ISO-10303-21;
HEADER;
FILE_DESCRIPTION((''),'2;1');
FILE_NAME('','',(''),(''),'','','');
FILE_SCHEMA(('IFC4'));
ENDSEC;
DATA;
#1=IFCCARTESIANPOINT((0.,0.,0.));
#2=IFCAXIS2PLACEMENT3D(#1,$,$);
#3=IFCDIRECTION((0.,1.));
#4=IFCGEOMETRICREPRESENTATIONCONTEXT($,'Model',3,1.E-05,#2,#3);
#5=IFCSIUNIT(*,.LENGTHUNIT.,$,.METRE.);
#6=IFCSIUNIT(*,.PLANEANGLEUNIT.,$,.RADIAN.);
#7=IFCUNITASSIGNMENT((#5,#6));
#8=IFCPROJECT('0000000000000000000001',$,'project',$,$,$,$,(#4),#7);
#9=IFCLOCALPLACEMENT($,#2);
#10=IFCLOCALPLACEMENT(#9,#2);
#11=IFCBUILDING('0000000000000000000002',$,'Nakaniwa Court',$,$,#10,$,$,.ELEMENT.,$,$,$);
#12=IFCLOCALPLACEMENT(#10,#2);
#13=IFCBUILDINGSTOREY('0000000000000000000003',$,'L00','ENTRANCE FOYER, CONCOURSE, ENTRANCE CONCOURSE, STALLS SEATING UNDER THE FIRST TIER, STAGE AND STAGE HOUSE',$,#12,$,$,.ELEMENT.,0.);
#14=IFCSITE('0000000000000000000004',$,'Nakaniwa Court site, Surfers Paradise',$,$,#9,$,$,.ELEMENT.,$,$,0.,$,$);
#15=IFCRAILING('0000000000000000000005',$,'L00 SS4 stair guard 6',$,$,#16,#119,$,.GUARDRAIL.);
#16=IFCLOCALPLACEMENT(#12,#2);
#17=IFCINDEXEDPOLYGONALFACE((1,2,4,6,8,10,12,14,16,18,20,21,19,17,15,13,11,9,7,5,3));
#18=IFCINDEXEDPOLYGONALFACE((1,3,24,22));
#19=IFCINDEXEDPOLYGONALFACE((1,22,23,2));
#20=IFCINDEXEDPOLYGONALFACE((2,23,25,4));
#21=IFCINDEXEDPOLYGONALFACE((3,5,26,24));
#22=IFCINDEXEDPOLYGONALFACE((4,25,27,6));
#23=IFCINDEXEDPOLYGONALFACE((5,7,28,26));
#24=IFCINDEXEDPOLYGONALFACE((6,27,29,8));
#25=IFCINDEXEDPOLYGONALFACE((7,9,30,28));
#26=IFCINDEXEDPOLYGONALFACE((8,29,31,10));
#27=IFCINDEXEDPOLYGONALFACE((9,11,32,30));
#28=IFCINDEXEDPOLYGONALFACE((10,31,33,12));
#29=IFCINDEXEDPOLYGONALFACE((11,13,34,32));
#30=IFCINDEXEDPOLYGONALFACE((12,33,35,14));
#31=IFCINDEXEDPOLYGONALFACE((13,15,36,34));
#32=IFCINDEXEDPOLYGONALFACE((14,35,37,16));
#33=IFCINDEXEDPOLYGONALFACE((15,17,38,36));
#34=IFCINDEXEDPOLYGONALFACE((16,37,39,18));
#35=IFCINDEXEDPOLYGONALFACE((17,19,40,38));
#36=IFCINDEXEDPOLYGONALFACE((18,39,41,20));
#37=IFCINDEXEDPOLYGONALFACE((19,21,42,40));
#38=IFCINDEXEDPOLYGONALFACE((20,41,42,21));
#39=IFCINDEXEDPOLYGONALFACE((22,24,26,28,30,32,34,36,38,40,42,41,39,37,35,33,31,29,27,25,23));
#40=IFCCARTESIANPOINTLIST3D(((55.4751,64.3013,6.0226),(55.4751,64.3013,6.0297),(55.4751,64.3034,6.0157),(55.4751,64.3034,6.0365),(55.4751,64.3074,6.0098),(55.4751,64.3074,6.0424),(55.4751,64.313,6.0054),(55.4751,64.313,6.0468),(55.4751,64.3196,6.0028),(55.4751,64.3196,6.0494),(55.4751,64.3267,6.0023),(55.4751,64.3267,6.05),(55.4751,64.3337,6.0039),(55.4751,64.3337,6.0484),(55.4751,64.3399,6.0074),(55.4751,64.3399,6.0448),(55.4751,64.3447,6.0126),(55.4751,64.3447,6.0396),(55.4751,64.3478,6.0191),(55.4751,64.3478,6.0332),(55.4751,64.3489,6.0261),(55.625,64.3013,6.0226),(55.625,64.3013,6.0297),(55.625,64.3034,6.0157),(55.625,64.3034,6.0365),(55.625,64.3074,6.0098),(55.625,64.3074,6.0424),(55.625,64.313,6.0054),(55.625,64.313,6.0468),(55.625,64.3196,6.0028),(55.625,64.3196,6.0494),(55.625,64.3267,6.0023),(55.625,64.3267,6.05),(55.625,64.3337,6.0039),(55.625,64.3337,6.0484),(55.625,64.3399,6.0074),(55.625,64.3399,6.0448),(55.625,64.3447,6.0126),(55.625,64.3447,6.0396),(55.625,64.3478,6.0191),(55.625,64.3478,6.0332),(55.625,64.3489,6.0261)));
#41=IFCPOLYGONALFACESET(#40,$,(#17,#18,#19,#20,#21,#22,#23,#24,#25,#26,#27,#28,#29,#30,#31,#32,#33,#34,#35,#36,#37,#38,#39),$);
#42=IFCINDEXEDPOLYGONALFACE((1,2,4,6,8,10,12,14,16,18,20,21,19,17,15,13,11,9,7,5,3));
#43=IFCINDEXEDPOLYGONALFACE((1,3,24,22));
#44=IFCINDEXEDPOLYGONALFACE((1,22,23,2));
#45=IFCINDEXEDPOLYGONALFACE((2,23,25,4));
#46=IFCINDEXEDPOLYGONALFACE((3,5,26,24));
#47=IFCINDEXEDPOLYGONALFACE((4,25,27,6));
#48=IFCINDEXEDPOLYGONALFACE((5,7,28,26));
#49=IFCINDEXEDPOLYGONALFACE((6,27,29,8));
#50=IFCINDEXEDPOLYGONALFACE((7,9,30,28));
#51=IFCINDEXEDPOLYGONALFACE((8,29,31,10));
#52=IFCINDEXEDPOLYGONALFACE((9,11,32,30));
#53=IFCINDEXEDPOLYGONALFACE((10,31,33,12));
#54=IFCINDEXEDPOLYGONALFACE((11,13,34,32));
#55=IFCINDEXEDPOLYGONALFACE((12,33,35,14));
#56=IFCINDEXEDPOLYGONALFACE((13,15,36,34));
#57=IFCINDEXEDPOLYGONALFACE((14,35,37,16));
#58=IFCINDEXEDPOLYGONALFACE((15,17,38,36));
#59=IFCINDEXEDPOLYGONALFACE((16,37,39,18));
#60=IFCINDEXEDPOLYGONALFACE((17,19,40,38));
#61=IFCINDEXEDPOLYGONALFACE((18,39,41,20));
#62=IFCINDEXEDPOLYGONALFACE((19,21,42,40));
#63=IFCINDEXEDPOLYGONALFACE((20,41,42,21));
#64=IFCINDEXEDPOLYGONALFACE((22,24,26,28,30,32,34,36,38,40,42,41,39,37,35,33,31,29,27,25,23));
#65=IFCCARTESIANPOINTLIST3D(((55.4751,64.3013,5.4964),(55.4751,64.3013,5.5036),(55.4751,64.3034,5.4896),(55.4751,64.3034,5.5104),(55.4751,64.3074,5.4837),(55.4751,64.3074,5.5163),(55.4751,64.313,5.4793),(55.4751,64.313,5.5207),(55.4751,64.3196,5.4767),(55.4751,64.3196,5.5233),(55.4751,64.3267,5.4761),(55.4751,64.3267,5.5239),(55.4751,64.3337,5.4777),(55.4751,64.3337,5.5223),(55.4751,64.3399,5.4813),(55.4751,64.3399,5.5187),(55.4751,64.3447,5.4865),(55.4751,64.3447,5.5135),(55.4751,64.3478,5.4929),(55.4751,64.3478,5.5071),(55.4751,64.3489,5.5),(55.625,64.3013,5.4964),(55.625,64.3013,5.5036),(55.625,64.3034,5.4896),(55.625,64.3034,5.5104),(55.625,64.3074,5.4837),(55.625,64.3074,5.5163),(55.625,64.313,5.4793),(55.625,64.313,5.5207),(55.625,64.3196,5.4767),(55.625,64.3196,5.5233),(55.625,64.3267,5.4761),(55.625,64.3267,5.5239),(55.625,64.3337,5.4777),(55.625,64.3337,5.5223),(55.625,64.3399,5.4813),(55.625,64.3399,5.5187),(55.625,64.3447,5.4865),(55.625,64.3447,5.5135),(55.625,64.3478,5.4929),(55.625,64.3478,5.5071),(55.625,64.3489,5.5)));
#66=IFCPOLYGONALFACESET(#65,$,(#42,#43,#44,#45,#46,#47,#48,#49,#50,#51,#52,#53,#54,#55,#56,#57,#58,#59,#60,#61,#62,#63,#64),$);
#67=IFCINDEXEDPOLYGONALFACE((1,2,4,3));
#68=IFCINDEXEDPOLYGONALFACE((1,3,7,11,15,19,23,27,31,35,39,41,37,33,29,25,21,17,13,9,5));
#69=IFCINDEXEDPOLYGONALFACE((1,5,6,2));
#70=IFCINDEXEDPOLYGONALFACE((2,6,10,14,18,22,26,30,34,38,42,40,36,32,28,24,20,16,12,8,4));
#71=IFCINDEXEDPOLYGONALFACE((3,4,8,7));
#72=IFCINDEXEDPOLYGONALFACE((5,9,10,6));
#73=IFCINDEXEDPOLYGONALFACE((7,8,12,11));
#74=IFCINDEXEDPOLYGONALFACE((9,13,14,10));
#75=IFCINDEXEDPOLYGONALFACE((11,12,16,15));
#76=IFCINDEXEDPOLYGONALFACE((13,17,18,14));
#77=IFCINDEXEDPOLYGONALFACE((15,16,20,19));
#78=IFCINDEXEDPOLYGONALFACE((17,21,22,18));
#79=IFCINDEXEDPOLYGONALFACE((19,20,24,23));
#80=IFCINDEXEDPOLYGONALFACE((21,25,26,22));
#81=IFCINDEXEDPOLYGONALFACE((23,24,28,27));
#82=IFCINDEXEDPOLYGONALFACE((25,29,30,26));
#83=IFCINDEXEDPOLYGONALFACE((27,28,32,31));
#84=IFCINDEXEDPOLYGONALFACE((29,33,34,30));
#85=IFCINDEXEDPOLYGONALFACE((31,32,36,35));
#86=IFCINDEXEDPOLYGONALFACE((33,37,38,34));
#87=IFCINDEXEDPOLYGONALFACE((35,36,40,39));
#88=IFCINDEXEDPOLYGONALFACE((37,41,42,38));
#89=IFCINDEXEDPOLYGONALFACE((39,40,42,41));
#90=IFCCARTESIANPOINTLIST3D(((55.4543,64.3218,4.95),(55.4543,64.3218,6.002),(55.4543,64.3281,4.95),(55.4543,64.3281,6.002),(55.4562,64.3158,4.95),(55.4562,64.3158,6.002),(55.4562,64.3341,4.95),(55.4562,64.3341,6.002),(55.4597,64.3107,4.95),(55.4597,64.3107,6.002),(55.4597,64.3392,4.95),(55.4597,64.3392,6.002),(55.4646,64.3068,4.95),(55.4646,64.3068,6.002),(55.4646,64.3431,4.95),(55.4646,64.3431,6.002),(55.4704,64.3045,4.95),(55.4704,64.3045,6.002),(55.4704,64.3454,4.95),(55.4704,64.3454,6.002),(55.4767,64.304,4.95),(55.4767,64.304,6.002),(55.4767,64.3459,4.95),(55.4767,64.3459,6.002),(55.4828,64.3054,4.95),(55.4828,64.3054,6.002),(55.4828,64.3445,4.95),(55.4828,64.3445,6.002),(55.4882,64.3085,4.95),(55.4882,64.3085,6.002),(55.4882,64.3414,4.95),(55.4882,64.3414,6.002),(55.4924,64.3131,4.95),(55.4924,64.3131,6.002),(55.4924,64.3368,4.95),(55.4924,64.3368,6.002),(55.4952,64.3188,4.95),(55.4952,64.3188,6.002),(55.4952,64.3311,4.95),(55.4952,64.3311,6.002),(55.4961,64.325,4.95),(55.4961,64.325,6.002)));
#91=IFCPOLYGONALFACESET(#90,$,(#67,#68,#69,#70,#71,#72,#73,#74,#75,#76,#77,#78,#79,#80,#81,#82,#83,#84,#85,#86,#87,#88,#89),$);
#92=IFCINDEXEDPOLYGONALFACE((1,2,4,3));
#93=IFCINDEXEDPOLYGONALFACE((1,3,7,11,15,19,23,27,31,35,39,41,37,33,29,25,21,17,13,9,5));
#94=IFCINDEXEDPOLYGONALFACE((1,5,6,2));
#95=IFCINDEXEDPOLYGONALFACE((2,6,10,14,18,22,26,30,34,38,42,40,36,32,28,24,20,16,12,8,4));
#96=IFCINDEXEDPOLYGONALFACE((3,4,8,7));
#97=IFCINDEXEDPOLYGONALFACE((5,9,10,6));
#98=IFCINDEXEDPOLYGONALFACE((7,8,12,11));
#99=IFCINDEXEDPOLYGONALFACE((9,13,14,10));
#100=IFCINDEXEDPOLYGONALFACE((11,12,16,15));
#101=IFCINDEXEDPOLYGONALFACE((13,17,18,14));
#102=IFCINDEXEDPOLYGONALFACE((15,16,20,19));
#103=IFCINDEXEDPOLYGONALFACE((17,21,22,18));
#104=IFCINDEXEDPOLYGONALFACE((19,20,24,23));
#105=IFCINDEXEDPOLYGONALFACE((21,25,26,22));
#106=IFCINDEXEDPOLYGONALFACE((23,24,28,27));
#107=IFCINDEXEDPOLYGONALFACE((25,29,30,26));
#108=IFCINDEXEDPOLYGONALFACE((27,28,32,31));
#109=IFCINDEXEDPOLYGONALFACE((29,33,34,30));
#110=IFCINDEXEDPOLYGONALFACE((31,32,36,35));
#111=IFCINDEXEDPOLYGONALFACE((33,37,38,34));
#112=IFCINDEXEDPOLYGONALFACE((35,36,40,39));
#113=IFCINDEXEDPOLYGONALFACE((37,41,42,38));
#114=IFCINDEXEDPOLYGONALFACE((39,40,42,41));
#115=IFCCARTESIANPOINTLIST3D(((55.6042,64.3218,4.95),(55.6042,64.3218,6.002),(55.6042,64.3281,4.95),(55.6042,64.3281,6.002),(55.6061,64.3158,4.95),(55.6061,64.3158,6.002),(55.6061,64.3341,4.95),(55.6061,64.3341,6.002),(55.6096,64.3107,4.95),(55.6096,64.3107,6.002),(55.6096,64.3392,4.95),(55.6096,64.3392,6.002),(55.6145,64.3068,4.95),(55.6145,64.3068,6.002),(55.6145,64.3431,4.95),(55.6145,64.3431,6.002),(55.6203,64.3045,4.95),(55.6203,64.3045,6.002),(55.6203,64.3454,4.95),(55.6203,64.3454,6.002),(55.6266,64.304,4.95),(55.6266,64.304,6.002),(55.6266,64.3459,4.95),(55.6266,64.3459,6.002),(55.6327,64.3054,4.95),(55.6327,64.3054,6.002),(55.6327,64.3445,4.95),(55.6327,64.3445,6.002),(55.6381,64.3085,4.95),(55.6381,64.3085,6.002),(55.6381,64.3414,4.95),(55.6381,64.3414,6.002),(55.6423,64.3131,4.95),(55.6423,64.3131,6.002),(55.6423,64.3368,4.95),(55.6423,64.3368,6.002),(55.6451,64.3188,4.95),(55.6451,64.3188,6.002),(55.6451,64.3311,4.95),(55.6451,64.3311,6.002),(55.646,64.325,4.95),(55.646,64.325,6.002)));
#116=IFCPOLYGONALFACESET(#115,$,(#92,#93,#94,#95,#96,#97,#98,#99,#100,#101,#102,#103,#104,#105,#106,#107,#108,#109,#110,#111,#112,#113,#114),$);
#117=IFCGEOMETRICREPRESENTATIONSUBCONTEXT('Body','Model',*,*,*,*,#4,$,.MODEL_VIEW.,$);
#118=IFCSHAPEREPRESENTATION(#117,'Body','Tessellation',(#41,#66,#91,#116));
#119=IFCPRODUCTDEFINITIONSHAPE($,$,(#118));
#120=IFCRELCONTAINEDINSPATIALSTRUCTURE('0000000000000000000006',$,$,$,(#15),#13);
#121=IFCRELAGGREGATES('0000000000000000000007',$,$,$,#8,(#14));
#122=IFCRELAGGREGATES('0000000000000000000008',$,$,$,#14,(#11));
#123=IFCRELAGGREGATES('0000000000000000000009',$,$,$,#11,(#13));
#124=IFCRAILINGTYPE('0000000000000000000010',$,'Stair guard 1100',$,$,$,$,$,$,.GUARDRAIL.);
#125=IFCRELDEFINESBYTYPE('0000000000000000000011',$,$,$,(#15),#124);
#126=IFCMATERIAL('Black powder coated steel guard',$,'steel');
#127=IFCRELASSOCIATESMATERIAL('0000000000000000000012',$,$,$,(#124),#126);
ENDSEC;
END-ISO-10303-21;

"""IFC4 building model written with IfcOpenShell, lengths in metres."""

from ifc_helpers import new_model, si_unit, direction, frame, origin, origin_2d, place, context, subcontext, project, spatial, circle, extrude, material, type_object, element, save


model = new_model("IFC4")

# Units and contexts
model_context = context("Model", 3, precision=1e-05, world=origin(), true_north=direction((0.0, 1.0)))
body_context = subcontext(model_context, "Body", "Model", "MODEL_VIEW")
ifc_project = project(units=[si_unit("LENGTHUNIT", "METRE"), si_unit("PLANEANGLEUNIT", "RADIAN")], contexts=[model_context])

# Site, building, storey
site_placement = place(None, origin())
site = spatial("IfcSite", under=ifc_project, at=site_placement, Name="Nakaniwa Court site, Surfers Paradise", CompositionType="ELEMENT", RefElevation=0.0)
building_placement = place(site_placement, origin())
building = spatial("IfcBuilding", under=site, at=building_placement, Name="Nakaniwa Court", CompositionType="ELEMENT")
storey_placement = place(building_placement, origin())
storey = spatial("IfcBuildingStorey", under=building, at=storey_placement, Name="L00", Description="ENTRANCE FOYER, CONCOURSE, ENTRANCE CONCOURSE, STALLS SEATING UNDER THE FIRST TIER, STAGE AND STAGE HOUSE", CompositionType="ELEMENT", Elevation=0.0)

# Railing
ifc_material_1 = material(Name="Black powder coated steel guard", Category="steel")
railing_type_1 = type_object("IfcRailingType", Name="Stair guard 1100", PredefinedType="GUARDRAIL", material=ifc_material_1)
railing_1_placement = place(storey_placement, frame((55.4751, 64.325, 4.95)))
element("IfcRailing", 1, at=railing_1_placement, inside=storey, type_object=railing_type_1, Name="L00 SS4 stair guard 6", PredefinedType="GUARDRAIL", context=body_context, shape_type="SweptSolid", body=[
    extrude(circle(Radius=0.0239, at=origin_2d()), frame((0.0, 0.0, 1.0762), z_axis=(1.0, 0.0, 0.0), x_axis=(0.0, 1.0, 0.0)), (0.0, 0.0, 1.0), 0.1499),
    extrude(circle(Radius=0.0239, at=origin_2d()), frame((0.0, 0.0, 0.55), z_axis=(1.0, 0.0, 0.0), x_axis=(0.0, 1.0, 0.0)), (0.0, 0.0, 1.0), 0.1499),
    extrude(circle(Radius=0.021, at=origin_2d()), origin(), (0.0, 0.0, 1.0), 1.052),
    extrude(circle(Radius=0.021, at=origin_2d()), frame((0.1499, 0.0, 0.0)), (0.0, 0.0, 1.0), 1.052),
])

save(model, "model.ifc")
